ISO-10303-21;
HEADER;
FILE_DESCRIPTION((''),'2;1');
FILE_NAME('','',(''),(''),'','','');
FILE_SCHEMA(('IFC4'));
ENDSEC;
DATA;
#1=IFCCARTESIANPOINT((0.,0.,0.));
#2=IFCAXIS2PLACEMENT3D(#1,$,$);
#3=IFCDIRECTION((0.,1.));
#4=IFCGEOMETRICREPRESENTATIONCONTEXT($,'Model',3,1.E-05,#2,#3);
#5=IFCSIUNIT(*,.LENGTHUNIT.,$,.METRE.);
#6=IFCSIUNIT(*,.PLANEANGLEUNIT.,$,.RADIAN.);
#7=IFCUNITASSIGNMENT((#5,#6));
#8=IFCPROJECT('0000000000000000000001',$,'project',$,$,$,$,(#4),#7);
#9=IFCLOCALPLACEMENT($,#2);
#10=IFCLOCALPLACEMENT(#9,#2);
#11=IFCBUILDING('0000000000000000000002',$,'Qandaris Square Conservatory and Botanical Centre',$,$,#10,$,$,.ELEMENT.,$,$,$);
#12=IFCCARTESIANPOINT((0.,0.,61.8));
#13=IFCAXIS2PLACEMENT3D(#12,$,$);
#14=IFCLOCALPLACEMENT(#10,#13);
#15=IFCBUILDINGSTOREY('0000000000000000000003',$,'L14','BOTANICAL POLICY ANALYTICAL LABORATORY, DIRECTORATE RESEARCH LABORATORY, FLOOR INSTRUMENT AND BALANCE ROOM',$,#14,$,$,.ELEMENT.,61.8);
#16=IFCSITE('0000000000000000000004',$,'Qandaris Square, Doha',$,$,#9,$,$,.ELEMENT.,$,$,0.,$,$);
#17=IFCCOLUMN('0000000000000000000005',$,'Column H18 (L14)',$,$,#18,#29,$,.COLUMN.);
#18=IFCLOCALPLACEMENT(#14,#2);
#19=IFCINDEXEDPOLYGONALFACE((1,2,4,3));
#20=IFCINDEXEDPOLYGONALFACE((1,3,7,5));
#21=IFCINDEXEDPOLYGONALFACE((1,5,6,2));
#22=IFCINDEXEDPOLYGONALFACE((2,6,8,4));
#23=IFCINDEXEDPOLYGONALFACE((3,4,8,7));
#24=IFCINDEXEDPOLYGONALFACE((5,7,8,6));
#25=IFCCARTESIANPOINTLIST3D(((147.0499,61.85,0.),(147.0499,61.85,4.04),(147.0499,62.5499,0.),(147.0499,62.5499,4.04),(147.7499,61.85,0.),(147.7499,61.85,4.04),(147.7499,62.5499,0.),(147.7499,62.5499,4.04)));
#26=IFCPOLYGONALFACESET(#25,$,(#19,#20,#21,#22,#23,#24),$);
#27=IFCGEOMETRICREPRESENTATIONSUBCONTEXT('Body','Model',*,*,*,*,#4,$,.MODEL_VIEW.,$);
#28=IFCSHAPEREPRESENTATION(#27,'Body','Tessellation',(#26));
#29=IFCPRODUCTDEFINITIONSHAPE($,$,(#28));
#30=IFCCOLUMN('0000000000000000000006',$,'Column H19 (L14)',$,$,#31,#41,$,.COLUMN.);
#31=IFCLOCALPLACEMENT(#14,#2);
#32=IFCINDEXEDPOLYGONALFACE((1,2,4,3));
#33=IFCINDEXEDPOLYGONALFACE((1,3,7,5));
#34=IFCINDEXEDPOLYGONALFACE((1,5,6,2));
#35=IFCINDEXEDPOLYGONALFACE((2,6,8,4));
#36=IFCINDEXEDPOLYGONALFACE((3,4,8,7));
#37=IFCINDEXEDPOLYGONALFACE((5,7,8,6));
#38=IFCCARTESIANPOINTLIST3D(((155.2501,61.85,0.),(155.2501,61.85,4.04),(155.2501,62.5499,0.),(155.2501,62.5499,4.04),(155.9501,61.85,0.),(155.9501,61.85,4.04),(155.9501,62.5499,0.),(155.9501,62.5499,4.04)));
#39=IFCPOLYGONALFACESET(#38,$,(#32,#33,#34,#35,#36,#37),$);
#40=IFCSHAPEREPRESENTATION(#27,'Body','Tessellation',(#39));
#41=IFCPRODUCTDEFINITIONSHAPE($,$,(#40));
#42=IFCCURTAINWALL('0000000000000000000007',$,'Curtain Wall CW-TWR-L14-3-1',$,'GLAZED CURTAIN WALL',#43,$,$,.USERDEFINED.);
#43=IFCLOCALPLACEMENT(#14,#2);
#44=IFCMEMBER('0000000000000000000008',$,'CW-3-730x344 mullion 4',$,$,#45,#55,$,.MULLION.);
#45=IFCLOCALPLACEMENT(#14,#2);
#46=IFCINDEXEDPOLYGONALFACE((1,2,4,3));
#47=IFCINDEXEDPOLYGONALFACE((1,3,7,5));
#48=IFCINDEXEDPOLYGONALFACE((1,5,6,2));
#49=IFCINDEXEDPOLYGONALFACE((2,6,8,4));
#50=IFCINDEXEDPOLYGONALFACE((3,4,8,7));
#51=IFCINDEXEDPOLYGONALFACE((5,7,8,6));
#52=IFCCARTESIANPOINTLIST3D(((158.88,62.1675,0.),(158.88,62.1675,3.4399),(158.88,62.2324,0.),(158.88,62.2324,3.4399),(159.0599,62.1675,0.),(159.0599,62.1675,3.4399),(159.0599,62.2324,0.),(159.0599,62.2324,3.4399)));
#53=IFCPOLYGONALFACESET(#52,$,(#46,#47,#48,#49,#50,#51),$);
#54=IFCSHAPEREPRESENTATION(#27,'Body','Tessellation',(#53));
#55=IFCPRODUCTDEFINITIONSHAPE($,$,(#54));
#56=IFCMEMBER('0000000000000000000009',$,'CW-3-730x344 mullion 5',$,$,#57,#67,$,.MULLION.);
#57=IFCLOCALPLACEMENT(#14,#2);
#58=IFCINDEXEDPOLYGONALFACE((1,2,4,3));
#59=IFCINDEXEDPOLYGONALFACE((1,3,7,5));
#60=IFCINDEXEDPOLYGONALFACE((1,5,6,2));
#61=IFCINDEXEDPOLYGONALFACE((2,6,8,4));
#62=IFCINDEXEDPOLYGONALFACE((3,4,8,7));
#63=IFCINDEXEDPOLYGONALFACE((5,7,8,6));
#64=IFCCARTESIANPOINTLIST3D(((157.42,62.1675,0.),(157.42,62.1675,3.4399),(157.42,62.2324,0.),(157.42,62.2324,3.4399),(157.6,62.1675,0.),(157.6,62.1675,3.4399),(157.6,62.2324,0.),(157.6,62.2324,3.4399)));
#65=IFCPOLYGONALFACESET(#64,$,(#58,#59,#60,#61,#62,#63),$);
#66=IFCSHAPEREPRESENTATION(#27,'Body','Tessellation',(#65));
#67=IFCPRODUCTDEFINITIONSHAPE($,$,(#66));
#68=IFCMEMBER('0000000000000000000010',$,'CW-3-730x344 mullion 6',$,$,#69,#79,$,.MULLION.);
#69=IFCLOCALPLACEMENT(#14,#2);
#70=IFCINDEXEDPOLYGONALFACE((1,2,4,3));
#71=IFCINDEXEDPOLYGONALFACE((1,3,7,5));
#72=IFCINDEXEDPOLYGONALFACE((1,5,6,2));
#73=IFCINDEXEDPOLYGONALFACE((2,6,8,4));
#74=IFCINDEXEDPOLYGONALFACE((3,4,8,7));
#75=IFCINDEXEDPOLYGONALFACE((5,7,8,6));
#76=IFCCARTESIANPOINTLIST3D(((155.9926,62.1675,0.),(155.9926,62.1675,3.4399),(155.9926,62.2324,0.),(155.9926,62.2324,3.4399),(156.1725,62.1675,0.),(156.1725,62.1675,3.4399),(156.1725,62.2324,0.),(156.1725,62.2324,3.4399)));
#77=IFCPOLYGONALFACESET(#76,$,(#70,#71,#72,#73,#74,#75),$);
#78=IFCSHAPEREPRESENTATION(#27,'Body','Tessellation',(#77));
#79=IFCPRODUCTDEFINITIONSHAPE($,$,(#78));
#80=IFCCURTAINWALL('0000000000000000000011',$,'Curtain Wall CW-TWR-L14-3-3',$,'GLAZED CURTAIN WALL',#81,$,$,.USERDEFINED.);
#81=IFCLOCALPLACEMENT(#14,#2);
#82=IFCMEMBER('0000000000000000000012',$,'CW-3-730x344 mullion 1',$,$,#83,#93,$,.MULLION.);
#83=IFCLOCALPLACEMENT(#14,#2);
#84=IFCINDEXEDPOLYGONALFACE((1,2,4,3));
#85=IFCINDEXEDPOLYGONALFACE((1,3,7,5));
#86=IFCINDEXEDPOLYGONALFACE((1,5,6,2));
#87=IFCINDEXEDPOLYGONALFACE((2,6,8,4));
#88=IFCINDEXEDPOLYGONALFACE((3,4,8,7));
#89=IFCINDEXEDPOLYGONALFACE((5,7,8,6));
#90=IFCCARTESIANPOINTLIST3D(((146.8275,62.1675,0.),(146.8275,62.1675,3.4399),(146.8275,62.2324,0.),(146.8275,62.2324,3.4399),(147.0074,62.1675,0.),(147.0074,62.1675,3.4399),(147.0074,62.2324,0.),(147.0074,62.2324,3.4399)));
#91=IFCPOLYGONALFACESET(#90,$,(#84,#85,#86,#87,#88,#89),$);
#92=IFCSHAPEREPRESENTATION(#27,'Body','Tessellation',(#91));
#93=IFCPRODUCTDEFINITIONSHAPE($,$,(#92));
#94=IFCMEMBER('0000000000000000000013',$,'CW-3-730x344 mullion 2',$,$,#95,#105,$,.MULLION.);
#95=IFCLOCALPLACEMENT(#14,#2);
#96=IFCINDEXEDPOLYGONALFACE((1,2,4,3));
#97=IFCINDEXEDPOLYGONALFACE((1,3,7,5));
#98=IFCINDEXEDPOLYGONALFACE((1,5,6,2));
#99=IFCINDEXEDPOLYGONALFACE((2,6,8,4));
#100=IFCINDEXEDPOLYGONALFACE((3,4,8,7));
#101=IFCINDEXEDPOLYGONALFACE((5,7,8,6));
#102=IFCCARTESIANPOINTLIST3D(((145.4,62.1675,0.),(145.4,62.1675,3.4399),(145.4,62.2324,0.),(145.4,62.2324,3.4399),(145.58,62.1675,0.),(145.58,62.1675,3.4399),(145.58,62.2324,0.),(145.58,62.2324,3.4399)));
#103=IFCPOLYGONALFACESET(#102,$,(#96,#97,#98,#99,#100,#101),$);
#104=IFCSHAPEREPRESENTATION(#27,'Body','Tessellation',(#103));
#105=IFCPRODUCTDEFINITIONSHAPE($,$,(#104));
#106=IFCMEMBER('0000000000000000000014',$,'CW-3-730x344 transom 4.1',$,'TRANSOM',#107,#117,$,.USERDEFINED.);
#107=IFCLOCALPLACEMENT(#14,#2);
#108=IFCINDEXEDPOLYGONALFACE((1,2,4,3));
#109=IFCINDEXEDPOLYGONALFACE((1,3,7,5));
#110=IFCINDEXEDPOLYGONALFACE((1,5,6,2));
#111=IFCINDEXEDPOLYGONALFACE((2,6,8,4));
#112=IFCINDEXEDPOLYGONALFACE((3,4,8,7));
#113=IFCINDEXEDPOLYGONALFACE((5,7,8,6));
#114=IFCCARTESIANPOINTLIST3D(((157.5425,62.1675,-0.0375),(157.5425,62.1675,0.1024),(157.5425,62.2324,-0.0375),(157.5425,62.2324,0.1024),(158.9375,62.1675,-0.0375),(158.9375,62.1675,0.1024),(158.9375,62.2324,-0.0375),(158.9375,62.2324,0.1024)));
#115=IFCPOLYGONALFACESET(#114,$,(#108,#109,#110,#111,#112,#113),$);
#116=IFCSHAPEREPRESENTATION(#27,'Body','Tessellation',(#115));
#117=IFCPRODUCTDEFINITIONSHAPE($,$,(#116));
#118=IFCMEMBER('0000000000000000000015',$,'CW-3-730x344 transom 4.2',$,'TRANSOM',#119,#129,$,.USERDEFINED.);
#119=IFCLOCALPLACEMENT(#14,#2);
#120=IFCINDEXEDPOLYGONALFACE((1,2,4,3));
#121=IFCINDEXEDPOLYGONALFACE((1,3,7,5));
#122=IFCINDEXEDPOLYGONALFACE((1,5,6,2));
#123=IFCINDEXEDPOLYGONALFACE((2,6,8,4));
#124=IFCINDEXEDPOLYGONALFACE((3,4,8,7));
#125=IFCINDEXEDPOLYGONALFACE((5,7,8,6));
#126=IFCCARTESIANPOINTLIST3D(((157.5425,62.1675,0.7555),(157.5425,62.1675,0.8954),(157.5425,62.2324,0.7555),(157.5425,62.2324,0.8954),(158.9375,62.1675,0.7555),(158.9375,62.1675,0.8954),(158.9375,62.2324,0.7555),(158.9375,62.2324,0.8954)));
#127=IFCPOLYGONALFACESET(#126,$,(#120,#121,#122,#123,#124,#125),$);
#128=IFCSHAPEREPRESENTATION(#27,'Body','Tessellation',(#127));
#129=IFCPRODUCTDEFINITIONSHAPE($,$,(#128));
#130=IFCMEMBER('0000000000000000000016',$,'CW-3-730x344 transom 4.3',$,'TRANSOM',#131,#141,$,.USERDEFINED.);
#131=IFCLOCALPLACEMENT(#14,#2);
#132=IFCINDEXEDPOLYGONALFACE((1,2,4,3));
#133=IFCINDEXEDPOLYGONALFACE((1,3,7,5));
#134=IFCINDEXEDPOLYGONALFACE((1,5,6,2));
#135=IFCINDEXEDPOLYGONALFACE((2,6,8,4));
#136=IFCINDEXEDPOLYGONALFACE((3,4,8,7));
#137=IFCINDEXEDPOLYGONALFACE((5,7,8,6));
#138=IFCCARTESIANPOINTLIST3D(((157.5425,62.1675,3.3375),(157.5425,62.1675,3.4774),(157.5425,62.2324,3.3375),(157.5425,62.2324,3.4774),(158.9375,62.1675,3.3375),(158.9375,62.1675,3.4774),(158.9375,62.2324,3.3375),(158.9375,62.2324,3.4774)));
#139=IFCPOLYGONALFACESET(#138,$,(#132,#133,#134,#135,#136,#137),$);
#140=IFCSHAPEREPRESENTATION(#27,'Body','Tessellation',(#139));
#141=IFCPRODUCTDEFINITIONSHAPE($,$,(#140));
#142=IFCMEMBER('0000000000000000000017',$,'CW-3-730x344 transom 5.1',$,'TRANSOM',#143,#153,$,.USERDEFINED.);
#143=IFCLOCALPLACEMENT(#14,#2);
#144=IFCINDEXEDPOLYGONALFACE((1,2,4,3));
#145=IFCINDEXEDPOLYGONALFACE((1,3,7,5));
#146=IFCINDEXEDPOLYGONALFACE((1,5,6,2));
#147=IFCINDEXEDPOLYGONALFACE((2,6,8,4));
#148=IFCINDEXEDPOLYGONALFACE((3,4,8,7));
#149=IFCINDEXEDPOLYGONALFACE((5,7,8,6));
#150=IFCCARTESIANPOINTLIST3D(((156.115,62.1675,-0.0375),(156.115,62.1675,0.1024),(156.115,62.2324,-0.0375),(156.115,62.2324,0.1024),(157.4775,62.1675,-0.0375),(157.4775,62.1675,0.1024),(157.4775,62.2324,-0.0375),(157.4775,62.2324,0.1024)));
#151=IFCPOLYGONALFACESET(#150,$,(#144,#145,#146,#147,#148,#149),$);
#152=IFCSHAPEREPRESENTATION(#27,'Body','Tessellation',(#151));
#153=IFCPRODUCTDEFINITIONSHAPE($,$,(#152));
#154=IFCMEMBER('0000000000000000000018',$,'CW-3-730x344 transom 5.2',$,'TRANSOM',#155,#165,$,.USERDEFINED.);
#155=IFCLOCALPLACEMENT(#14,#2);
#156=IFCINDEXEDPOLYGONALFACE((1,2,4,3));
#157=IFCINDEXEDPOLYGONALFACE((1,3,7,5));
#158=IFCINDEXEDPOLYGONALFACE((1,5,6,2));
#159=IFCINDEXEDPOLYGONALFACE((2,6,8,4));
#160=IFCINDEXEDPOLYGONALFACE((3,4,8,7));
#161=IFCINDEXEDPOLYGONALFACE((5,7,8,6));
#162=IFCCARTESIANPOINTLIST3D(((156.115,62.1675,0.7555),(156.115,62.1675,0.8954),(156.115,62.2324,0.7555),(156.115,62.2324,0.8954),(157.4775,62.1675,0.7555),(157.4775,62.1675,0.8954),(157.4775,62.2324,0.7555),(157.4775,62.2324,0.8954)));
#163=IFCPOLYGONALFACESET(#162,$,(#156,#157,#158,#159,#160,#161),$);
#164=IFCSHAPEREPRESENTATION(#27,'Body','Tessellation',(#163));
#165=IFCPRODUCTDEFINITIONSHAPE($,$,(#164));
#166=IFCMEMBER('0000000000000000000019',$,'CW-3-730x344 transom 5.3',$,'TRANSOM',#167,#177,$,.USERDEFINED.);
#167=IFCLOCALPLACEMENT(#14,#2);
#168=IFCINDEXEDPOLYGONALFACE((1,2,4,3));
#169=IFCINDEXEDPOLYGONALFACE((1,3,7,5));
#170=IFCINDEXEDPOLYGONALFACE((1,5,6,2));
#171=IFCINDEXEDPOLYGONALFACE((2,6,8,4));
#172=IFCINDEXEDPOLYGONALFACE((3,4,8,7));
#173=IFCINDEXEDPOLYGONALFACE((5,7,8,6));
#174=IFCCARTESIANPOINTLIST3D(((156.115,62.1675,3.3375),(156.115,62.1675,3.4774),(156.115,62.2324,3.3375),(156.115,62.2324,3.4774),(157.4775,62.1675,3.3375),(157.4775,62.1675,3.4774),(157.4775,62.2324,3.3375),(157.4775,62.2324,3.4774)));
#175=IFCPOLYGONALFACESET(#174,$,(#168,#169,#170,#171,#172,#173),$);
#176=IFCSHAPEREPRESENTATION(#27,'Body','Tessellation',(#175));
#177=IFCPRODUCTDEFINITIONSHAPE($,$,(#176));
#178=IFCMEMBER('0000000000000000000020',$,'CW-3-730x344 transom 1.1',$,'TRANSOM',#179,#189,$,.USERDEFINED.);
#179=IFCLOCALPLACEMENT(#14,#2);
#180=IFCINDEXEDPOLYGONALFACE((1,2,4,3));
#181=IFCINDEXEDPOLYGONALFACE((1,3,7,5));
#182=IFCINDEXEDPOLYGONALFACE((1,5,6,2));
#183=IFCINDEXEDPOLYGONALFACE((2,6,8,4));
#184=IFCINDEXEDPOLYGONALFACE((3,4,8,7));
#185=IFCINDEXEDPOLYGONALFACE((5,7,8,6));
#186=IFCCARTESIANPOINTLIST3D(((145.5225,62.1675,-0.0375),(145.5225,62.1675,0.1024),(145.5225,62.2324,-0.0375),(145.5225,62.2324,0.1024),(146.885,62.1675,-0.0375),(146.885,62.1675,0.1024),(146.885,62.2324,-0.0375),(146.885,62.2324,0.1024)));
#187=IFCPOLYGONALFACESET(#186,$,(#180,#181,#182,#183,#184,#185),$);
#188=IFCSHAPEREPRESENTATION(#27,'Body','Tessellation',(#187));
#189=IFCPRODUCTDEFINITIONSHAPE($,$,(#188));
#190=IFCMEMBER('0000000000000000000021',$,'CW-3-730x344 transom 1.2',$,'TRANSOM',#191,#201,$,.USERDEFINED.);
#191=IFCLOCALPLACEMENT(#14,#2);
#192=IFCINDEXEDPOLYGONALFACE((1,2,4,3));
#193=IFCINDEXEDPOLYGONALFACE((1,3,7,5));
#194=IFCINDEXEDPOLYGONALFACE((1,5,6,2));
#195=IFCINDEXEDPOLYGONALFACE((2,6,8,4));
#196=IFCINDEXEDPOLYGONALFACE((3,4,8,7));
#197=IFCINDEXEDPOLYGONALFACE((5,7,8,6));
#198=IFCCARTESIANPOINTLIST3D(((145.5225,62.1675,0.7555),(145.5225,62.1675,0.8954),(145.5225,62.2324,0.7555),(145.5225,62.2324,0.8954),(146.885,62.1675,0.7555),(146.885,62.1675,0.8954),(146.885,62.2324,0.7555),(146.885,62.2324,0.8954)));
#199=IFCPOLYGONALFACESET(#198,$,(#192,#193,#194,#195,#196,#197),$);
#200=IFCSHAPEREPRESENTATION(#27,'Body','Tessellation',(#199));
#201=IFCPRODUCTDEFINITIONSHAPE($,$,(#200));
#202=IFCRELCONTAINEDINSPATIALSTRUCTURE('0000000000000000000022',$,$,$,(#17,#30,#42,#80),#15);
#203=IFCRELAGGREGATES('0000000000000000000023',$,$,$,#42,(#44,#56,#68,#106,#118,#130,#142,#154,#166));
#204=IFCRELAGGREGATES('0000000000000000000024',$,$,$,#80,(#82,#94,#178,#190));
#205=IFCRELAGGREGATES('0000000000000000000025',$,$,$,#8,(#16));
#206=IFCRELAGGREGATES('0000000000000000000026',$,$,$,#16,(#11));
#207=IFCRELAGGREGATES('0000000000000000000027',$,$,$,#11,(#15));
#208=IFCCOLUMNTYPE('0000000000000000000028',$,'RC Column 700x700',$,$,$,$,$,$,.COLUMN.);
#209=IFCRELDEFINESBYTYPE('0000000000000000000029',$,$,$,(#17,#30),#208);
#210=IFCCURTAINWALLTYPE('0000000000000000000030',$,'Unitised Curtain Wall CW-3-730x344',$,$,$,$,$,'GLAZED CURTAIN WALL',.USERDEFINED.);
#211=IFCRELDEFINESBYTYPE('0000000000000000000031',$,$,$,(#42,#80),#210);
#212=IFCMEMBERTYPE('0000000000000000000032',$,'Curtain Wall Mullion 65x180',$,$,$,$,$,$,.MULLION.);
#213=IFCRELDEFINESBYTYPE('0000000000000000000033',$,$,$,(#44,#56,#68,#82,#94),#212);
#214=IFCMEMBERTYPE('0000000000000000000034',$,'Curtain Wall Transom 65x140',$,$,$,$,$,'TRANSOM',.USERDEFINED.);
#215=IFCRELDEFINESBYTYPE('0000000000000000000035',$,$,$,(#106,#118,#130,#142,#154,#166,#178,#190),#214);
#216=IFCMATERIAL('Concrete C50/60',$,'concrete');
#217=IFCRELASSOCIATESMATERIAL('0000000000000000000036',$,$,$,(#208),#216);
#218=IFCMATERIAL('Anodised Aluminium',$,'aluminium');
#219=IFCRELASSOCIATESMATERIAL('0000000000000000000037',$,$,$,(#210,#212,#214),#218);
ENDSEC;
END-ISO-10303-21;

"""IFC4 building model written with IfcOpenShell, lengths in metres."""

from ifc_helpers import new_model, si_unit, direction, frame, origin, origin_2d, place, context, subcontext, project, spatial, rectangle, extrude, material, material_profile, profile_set, type_object, element, aggregate, save


model = new_model("IFC4")

# Units and contexts
model_context = context("Model", 3, precision=1e-05, world=origin(), true_north=direction((0.0, 1.0)))
body_context = subcontext(model_context, "Body", "Model", "MODEL_VIEW")
ifc_project = project(units=[si_unit("LENGTHUNIT", "METRE"), si_unit("PLANEANGLEUNIT", "RADIAN")], contexts=[model_context])

# Site, building, storey
site_placement = place(None, origin())
site = spatial("IfcSite", under=ifc_project, at=site_placement, Name="Qandaris Square, Doha", CompositionType="ELEMENT", RefElevation=0.0)
building_placement = place(site_placement, origin())
building = spatial("IfcBuilding", under=site, at=building_placement, Name="Qandaris Square Conservatory and Botanical Centre", CompositionType="ELEMENT")
storey_placement = place(building_placement, frame((0.0, 0.0, 61.8)))
storey = spatial("IfcBuildingStorey", under=building, at=storey_placement, Name="L14", Description="BOTANICAL POLICY ANALYTICAL LABORATORY, DIRECTORATE RESEARCH LABORATORY, FLOOR INSTRUMENT AND BALANCE ROOM", CompositionType="ELEMENT", Elevation=61.8)

# Columns
ifc_material_1 = material(Name="Concrete C50/60", Category="concrete")
ifc_material_profile_1 = material_profile(ifc_material_1, rectangle(XDim=0.7, YDim=0.7, at=origin_2d()), Name="RC-COL 700x700")
ifc_profile_set_1 = profile_set([ifc_material_profile_1], Name="Concrete C50/60")
column_type = type_object("IfcColumnType", Name="RC Column 700x700", PredefinedType="COLUMN", material=ifc_profile_set_1)
for number, where, z_axis, x_axis, name in (
    (1, (147.3999, 62.2, 0.0), (0.0, 0.0, 1.0), (1.0, 0.0, 0.0), "Column H18 (L14)"),
    (2, (155.6001, 62.2, 0.0), (0.0, 0.0, 1.0), (1.0, 0.0, 0.0), "Column H19 (L14)"),
):
    element("IfcColumn", number, at=place(storey_placement, frame(where, z_axis=z_axis, x_axis=x_axis)), inside=storey, type_object=column_type, Name=name, PredefinedType="COLUMN", context=body_context, shape_type="SweptSolid", body=[
        extrude(rectangle(XDim=0.7, YDim=0.7, at=origin_2d()), origin(), (0.0, 0.0, 1.0), 4.04),
    ])

# Curtain walls, members
ifc_material_2 = material(Name="Anodised Aluminium", Category="aluminium")
curtain_wall_type = type_object("IfcCurtainWallType", Name="Unitised Curtain Wall CW-3-730x344", ElementType="GLAZED CURTAIN WALL", PredefinedType="USERDEFINED", material=ifc_material_2)
curtain_wall_1_placement = place(storey_placement, origin())
curtain_wall_1 = element("IfcCurtainWall", 3, at=curtain_wall_1_placement, inside=storey, type_object=curtain_wall_type, Name="Curtain Wall CW-TWR-L14-3-1", ObjectType="GLAZED CURTAIN WALL", PredefinedType="USERDEFINED")
ifc_material_profile_2 = material_profile(ifc_material_2, rectangle(XDim=0.0649, YDim=0.1799, at=origin_2d()), Name="ALU-MUL 65x180")
ifc_profile_set_2 = profile_set([ifc_material_profile_2], Name="Anodised Aluminium")
member_type_1 = type_object("IfcMemberType", Name="Curtain Wall Mullion 65x180", PredefinedType="MULLION", material=ifc_profile_set_2)
member_1_placement = place(storey_placement, frame((158.97, 62.2, 0.0), z_axis=(0.0, 0.0, 1.0), x_axis=(0.0, -1.0, 0.0)))
member_1 = element("IfcMember", 4, at=member_1_placement, type_object=member_type_1, Name="CW-3-730x344 mullion 4", PredefinedType="MULLION", context=body_context, shape_type="SweptSolid", body=[
    extrude(rectangle(XDim=0.0649, YDim=0.1799, at=origin_2d()), origin(), (0.0, 0.0, 1.0), 3.4399),
])
member_2_placement = place(storey_placement, frame((157.51, 62.2, 0.0), z_axis=(0.0, 0.0, 1.0), x_axis=(0.0, -1.0, 0.0)))
member_2 = element("IfcMember", 5, at=member_2_placement, type_object=member_type_1, Name="CW-3-730x344 mullion 5", PredefinedType="MULLION", context=body_context, shape_type="SweptSolid", body=[
    extrude(rectangle(XDim=0.0649, YDim=0.1799, at=origin_2d()), origin(), (0.0, 0.0, 1.0), 3.4399),
])
member_3_placement = place(storey_placement, frame((156.0825, 62.2, 0.0), z_axis=(0.0, 0.0, 1.0), x_axis=(0.0, -1.0, 0.0)))
member_3 = element("IfcMember", 6, at=member_3_placement, type_object=member_type_1, Name="CW-3-730x344 mullion 6", PredefinedType="MULLION", context=body_context, shape_type="SweptSolid", body=[
    extrude(rectangle(XDim=0.0649, YDim=0.1799, at=origin_2d()), origin(), (0.0, 0.0, 1.0), 3.4399),
])
curtain_wall_2_placement = place(storey_placement, origin())
curtain_wall_2 = element("IfcCurtainWall", 7, at=curtain_wall_2_placement, inside=storey, type_object=curtain_wall_type, Name="Curtain Wall CW-TWR-L14-3-3", ObjectType="GLAZED CURTAIN WALL", PredefinedType="USERDEFINED")
member_4_placement = place(storey_placement, frame((146.9175, 62.2, 0.0), z_axis=(0.0, 0.0, 1.0), x_axis=(0.0, -1.0, 0.0)))
member_4 = element("IfcMember", 8, at=member_4_placement, type_object=member_type_1, Name="CW-3-730x344 mullion 1", PredefinedType="MULLION", context=body_context, shape_type="SweptSolid", body=[
    extrude(rectangle(XDim=0.0649, YDim=0.1799, at=origin_2d()), origin(), (0.0, 0.0, 1.0), 3.4399),
])
member_5_placement = place(storey_placement, frame((145.49, 62.2, 0.0), z_axis=(0.0, 0.0, 1.0), x_axis=(0.0, -1.0, 0.0)))
member_5 = element("IfcMember", 9, at=member_5_placement, type_object=member_type_1, Name="CW-3-730x344 mullion 2", PredefinedType="MULLION", context=body_context, shape_type="SweptSolid", body=[
    extrude(rectangle(XDim=0.0649, YDim=0.1799, at=origin_2d()), origin(), (0.0, 0.0, 1.0), 3.4399),
])

# Members
ifc_material_profile_3 = material_profile(ifc_material_2, rectangle(XDim=0.0649, YDim=0.1399, at=origin_2d()), Name="ALU-TRN 65x140")
ifc_profile_set_3 = profile_set([ifc_material_profile_3], Name="Anodised Aluminium")
member_type_2 = type_object("IfcMemberType", Name="Curtain Wall Transom 65x140", ElementType="TRANSOM", PredefinedType="USERDEFINED", material=ifc_profile_set_3)
member_6_placement = place(storey_placement, frame((158.9375, 62.2, 0.0325), z_axis=(-1.0, 0.0, 0.0), x_axis=(0.0, -1.0, 0.0)))
member_6 = element("IfcMember", 10, at=member_6_placement, type_object=member_type_2, Name="CW-3-730x344 transom 4.1", ObjectType="TRANSOM", PredefinedType="USERDEFINED", context=body_context, shape_type="SweptSolid", body=[
    extrude(rectangle(XDim=0.0649, YDim=0.1399, at=origin_2d()), origin(), (0.0, 0.0, 1.0), 1.395),
])
member_7_placement = place(storey_placement, frame((158.9375, 62.2, 0.8254), z_axis=(-1.0, 0.0, 0.0), x_axis=(0.0, -1.0, 0.0)))
member_7 = element("IfcMember", 11, at=member_7_placement, type_object=member_type_2, Name="CW-3-730x344 transom 4.2", ObjectType="TRANSOM", PredefinedType="USERDEFINED", context=body_context, shape_type="SweptSolid", body=[
    extrude(rectangle(XDim=0.0649, YDim=0.1399, at=origin_2d()), origin(), (0.0, 0.0, 1.0), 1.395),
])
member_8_placement = place(storey_placement, frame((158.9375, 62.2, 3.4075), z_axis=(-1.0, 0.0, 0.0), x_axis=(0.0, -1.0, 0.0)))
member_8 = element("IfcMember", 12, at=member_8_placement, type_object=member_type_2, Name="CW-3-730x344 transom 4.3", ObjectType="TRANSOM", PredefinedType="USERDEFINED", context=body_context, shape_type="SweptSolid", body=[
    extrude(rectangle(XDim=0.0649, YDim=0.1399, at=origin_2d()), origin(), (0.0, 0.0, 1.0), 1.395),
])
member_9_placement = place(storey_placement, frame((157.4775, 62.2, 0.0325), z_axis=(-1.0, 0.0, 0.0), x_axis=(0.0, -1.0, 0.0)))
member_9 = element("IfcMember", 13, at=member_9_placement, type_object=member_type_2, Name="CW-3-730x344 transom 5.1", ObjectType="TRANSOM", PredefinedType="USERDEFINED", context=body_context, shape_type="SweptSolid", body=[
    extrude(rectangle(XDim=0.0649, YDim=0.1399, at=origin_2d()), origin(), (0.0, 0.0, 1.0), 1.3625),
])
member_10_placement = place(storey_placement, frame((157.4775, 62.2, 0.8254), z_axis=(-1.0, 0.0, 0.0), x_axis=(0.0, -1.0, 0.0)))
member_10 = element("IfcMember", 14, at=member_10_placement, type_object=member_type_2, Name="CW-3-730x344 transom 5.2", ObjectType="TRANSOM", PredefinedType="USERDEFINED", context=body_context, shape_type="SweptSolid", body=[
    extrude(rectangle(XDim=0.0649, YDim=0.1399, at=origin_2d()), origin(), (0.0, 0.0, 1.0), 1.3625),
])
member_11_placement = place(storey_placement, frame((157.4775, 62.2, 3.4075), z_axis=(-1.0, 0.0, 0.0), x_axis=(0.0, -1.0, 0.0)))
member_11 = element("IfcMember", 15, at=member_11_placement, type_object=member_type_2, Name="CW-3-730x344 transom 5.3", ObjectType="TRANSOM", PredefinedType="USERDEFINED", context=body_context, shape_type="SweptSolid", body=[
    extrude(rectangle(XDim=0.0649, YDim=0.1399, at=origin_2d()), origin(), (0.0, 0.0, 1.0), 1.3625),
])
member_12_placement = place(storey_placement, frame((146.885, 62.2, 0.0325), z_axis=(-1.0, 0.0, 0.0), x_axis=(0.0, -1.0, 0.0)))
member_12 = element("IfcMember", 16, at=member_12_placement, type_object=member_type_2, Name="CW-3-730x344 transom 1.1", ObjectType="TRANSOM", PredefinedType="USERDEFINED", context=body_context, shape_type="SweptSolid", body=[
    extrude(rectangle(XDim=0.0649, YDim=0.1399, at=origin_2d()), origin(), (0.0, 0.0, 1.0), 1.3625),
])
member_13_placement = place(storey_placement, frame((146.885, 62.2, 0.8254), z_axis=(-1.0, 0.0, 0.0), x_axis=(0.0, -1.0, 0.0)))
member_13 = element("IfcMember", 17, at=member_13_placement, type_object=member_type_2, Name="CW-3-730x344 transom 1.2", ObjectType="TRANSOM", PredefinedType="USERDEFINED", context=body_context, shape_type="SweptSolid", body=[
    extrude(rectangle(XDim=0.0649, YDim=0.1399, at=origin_2d()), origin(), (0.0, 0.0, 1.0), 1.3625),
])

aggregate(curtain_wall_1, [member_1, member_2, member_3, member_6, member_7, member_8, member_9, member_10, member_11])
aggregate(curtain_wall_2, [member_4, member_5, member_12, member_13])

save(model, "model.ifc")
